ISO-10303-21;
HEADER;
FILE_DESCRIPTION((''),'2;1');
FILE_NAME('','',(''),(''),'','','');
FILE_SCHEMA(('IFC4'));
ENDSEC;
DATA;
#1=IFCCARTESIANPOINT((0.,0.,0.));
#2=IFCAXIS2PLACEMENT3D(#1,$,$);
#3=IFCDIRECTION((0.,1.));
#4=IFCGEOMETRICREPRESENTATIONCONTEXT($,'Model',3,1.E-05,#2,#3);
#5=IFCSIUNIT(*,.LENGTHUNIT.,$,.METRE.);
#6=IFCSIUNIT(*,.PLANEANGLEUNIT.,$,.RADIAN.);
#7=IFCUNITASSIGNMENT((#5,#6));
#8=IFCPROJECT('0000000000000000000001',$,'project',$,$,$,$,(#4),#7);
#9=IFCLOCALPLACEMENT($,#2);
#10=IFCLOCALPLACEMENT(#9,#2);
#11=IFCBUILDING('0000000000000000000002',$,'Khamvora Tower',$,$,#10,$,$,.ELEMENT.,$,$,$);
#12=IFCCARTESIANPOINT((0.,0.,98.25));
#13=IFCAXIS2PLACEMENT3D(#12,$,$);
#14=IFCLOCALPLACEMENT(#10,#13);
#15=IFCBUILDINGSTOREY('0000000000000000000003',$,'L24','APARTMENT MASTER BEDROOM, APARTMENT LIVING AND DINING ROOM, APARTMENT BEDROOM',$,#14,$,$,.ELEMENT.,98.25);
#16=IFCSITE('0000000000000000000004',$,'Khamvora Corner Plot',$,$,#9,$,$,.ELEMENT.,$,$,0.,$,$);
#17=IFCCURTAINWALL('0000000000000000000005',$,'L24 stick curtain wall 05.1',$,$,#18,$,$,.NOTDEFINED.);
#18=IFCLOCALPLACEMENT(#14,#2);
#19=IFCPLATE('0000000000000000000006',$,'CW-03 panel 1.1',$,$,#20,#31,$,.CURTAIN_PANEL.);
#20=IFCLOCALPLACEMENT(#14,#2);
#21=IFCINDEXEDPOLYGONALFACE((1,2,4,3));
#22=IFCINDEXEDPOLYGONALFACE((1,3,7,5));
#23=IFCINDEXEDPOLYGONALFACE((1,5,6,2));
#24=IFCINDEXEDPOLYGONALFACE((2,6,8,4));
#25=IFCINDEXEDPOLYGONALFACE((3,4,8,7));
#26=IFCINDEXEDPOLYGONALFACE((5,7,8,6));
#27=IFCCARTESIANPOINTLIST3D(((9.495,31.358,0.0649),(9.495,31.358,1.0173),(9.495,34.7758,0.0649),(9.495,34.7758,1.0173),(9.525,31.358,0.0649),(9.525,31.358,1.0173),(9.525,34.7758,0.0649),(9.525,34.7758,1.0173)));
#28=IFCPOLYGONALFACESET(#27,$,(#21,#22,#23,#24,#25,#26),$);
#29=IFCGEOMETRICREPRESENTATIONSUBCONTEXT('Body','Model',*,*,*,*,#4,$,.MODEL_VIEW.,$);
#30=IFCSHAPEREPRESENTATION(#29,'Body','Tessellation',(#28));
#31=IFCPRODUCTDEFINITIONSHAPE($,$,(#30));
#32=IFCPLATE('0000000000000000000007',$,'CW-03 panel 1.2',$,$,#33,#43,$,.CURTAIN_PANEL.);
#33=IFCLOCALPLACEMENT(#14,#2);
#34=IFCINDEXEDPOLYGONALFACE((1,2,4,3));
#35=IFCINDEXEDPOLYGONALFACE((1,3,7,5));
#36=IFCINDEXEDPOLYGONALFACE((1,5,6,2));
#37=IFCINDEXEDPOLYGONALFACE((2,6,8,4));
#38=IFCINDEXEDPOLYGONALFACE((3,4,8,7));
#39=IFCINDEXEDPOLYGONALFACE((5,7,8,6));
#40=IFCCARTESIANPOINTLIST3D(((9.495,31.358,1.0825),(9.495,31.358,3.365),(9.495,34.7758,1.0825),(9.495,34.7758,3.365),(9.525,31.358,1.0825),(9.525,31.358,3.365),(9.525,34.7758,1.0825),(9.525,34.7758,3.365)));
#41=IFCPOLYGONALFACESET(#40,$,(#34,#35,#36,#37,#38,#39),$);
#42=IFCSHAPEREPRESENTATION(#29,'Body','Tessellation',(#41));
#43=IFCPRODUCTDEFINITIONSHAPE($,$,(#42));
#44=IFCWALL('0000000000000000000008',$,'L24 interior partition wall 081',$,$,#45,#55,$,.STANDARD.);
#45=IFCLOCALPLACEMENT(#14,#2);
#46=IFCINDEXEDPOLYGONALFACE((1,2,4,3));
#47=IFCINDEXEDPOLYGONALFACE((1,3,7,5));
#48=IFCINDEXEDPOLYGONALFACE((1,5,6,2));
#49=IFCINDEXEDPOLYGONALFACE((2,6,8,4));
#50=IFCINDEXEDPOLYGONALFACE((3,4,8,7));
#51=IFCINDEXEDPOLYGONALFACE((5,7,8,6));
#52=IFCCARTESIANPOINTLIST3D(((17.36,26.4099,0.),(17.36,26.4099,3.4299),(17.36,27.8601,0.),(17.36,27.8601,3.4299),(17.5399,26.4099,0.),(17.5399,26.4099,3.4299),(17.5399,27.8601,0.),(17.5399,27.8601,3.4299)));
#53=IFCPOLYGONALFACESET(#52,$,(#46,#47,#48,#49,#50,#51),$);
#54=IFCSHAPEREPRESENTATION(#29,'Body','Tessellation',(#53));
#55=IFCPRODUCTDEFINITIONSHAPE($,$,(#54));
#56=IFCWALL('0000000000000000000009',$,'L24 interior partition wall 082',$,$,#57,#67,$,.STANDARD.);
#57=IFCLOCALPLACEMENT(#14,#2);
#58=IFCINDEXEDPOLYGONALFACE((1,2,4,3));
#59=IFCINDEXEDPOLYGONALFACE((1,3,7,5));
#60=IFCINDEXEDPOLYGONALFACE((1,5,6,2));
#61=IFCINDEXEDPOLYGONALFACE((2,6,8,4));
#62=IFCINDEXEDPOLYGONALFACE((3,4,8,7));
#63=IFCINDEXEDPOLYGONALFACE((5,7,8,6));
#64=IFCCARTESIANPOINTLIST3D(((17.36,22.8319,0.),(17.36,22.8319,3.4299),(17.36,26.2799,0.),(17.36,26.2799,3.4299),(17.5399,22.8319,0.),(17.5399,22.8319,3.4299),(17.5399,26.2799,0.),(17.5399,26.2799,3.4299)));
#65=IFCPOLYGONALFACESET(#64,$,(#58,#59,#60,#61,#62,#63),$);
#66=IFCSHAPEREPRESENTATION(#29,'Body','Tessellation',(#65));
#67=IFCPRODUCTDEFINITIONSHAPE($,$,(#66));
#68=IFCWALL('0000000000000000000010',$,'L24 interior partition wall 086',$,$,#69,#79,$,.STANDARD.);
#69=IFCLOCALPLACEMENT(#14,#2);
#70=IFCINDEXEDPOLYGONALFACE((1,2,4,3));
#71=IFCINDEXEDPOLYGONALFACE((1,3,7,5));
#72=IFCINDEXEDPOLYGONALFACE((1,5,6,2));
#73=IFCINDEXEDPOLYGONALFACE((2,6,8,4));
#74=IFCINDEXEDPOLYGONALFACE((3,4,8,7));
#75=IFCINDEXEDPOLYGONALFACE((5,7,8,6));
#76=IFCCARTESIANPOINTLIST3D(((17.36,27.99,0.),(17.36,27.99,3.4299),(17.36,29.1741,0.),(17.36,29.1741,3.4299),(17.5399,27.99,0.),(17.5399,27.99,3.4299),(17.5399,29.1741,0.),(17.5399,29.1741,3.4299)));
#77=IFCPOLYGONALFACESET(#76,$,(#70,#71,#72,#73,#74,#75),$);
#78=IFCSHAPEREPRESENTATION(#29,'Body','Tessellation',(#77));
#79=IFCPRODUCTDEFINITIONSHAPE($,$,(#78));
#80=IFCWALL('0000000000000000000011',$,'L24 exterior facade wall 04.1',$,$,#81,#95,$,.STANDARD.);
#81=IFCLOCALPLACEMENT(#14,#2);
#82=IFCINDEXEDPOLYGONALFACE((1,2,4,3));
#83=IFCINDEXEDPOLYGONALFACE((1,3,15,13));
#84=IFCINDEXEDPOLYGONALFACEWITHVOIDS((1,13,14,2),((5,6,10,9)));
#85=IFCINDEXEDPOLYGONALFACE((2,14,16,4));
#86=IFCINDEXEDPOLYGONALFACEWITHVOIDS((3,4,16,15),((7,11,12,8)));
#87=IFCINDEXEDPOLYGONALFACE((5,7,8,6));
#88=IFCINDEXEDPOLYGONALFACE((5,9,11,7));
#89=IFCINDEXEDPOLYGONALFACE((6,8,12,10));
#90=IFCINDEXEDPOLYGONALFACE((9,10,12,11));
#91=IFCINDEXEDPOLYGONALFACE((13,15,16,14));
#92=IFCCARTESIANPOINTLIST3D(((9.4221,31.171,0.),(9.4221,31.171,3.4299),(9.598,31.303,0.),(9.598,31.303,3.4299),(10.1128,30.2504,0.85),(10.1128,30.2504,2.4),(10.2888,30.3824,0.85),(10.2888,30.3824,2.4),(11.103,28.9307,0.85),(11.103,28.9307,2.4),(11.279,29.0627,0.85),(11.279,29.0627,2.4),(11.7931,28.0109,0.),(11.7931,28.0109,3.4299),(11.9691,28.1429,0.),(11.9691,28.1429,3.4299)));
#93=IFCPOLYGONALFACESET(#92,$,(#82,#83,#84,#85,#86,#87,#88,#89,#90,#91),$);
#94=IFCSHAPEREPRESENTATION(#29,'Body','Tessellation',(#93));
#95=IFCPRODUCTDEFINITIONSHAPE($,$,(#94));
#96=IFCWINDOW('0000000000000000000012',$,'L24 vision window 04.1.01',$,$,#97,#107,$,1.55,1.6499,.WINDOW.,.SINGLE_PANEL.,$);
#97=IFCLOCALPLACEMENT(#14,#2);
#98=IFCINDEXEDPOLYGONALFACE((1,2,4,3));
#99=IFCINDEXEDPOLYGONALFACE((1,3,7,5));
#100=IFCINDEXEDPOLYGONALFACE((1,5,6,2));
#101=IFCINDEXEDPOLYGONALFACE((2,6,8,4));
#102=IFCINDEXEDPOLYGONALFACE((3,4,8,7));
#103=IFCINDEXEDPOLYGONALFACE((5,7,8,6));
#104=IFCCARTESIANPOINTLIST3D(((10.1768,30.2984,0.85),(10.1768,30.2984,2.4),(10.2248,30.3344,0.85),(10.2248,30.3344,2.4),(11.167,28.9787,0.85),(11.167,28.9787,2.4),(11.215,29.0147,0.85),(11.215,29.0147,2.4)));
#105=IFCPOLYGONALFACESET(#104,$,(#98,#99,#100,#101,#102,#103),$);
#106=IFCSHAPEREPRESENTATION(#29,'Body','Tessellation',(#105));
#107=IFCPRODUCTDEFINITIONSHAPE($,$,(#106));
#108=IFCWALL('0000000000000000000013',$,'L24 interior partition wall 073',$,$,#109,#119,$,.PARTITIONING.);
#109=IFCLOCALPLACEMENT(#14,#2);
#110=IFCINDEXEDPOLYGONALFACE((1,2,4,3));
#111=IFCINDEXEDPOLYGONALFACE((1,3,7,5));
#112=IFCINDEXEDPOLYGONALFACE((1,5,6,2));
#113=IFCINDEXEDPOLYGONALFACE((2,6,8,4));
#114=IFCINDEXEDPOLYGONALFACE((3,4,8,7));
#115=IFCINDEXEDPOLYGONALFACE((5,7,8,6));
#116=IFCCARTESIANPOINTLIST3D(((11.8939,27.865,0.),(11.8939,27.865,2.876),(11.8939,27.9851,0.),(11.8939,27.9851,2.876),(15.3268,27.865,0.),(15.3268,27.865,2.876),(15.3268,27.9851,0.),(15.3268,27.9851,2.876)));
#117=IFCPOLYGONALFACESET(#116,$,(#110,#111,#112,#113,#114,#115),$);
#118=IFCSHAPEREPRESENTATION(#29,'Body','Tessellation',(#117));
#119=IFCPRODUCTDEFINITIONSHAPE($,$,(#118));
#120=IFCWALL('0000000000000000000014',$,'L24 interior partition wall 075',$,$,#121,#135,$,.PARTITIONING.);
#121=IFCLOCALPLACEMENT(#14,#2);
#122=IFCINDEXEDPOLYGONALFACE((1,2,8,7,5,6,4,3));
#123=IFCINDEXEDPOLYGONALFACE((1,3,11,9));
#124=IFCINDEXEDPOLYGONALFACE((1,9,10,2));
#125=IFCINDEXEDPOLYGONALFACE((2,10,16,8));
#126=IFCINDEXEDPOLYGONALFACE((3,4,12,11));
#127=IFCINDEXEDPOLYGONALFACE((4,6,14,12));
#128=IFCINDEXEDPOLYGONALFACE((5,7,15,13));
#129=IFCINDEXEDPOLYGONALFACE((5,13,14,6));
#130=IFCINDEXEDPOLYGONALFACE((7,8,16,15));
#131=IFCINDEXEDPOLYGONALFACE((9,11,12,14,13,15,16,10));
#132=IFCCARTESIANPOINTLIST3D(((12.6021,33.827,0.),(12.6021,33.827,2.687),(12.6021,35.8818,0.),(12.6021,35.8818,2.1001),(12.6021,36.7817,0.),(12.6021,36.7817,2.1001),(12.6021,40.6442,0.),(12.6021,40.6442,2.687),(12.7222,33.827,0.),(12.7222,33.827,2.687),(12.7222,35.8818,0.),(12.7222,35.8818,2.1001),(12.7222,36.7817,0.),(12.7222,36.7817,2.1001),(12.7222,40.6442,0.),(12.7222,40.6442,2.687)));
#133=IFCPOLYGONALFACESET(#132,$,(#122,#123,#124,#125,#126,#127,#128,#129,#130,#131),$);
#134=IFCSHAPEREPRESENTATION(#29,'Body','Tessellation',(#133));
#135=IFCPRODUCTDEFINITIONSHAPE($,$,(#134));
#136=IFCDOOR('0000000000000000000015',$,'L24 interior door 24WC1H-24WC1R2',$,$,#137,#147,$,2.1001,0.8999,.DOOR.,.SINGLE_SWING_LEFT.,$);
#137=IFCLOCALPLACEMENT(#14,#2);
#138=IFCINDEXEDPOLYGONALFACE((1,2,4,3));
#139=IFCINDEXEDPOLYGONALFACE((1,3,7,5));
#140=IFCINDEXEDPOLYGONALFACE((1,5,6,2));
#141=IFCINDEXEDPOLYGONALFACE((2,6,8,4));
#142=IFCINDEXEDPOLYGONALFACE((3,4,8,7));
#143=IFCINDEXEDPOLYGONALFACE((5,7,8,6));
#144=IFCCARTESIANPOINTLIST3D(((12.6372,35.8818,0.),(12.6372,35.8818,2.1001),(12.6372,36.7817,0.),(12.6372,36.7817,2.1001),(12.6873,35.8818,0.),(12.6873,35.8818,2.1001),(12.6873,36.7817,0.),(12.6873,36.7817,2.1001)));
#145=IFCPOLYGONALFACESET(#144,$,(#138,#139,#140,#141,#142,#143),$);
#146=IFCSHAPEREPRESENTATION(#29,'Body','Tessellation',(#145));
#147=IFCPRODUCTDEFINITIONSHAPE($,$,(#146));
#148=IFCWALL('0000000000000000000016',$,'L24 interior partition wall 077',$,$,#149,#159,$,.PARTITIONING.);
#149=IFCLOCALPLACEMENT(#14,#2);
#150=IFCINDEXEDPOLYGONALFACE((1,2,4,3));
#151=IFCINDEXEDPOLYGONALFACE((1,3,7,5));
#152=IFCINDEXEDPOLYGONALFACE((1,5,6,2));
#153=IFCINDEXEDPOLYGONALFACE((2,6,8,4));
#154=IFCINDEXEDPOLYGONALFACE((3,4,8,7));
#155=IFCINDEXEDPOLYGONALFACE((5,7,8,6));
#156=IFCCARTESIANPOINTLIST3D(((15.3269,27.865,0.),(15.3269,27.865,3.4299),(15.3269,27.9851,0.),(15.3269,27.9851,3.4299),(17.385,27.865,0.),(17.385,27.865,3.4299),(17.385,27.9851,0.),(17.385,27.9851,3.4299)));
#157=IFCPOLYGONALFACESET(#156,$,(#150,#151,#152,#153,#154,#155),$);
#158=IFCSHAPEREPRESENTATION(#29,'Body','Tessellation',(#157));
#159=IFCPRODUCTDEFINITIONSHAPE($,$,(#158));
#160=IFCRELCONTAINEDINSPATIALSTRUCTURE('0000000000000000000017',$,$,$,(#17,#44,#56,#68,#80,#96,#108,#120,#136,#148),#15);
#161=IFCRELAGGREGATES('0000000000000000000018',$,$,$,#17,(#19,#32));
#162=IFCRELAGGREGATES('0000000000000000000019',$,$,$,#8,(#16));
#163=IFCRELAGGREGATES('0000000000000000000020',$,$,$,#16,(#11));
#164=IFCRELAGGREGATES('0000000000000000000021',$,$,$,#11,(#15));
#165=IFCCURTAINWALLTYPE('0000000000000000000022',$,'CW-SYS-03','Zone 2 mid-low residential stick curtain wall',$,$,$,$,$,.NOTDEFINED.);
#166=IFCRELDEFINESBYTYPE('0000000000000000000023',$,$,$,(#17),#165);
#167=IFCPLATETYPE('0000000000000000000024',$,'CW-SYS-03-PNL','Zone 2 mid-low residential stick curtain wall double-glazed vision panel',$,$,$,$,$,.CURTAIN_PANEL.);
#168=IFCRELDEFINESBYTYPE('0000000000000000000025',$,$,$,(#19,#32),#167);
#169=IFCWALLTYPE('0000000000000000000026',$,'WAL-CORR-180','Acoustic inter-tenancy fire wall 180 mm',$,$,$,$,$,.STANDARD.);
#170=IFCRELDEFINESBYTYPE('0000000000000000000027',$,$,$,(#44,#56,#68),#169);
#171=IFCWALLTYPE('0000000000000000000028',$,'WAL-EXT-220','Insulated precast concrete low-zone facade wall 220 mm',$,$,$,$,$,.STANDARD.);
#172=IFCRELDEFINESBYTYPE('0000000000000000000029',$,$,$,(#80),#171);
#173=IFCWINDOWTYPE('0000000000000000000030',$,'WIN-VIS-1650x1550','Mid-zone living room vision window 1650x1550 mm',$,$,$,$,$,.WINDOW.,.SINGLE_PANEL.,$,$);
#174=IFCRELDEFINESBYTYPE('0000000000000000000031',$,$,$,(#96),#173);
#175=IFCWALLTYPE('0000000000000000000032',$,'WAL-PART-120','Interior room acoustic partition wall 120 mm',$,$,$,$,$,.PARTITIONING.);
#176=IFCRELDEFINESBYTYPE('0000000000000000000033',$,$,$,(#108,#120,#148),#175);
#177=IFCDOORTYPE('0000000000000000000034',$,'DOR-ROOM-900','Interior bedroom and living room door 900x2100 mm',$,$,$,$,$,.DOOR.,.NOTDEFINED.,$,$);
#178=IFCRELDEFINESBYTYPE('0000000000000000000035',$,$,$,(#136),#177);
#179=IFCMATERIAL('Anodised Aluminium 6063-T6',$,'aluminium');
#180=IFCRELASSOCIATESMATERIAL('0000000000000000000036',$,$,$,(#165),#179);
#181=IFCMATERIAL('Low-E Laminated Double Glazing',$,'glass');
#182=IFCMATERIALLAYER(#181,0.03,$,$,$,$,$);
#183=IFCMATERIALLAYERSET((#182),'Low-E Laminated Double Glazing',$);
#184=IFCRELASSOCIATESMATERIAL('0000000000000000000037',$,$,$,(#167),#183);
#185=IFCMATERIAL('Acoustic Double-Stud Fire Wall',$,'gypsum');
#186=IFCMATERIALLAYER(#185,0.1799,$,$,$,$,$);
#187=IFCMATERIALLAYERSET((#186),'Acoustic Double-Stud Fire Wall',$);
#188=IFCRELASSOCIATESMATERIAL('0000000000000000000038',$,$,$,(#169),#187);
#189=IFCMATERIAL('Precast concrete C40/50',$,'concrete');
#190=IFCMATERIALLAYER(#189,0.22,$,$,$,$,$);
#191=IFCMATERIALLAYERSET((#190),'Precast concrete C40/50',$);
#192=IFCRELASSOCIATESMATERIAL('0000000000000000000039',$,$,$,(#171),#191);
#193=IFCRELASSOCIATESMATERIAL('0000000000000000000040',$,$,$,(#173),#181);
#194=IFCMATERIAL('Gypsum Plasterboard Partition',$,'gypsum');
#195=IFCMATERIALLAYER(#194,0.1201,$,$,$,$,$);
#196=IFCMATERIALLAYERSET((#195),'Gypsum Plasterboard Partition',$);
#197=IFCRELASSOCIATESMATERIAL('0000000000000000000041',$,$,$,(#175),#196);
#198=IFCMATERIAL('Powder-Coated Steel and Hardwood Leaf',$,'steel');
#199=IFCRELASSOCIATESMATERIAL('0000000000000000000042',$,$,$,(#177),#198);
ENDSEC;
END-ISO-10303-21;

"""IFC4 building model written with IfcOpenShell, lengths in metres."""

from ifc_helpers import new_model, si_unit, direction, frame, frame_2d, origin, origin_2d, place, context, subcontext, project, spatial, rectangle, extrude, material, layer, layer_set, type_object, element, fill, aggregate, save


model = new_model("IFC4")

# Units and contexts
model_context = context("Model", 3, precision=1e-05, world=origin(), true_north=direction((0.0, 1.0)))
body_context = subcontext(model_context, "Body", "Model", "MODEL_VIEW")
ifc_project = project(units=[si_unit("LENGTHUNIT", "METRE"), si_unit("PLANEANGLEUNIT", "RADIAN")], contexts=[model_context])

# Site, building, storey
site_placement = place(None, origin())
site = spatial("IfcSite", under=ifc_project, at=site_placement, Name="Khamvora Corner Plot", CompositionType="ELEMENT", RefElevation=0.0)
building_placement = place(site_placement, origin())
building = spatial("IfcBuilding", under=site, at=building_placement, Name="Khamvora Tower", CompositionType="ELEMENT")
storey_placement = place(building_placement, frame((0.0, 0.0, 98.25)))
storey = spatial("IfcBuildingStorey", under=building, at=storey_placement, Name="L24", Description="APARTMENT MASTER BEDROOM, APARTMENT LIVING AND DINING ROOM, APARTMENT BEDROOM", CompositionType="ELEMENT", Elevation=98.25)

# Curtain wall, plates
ifc_material_1 = material(Name="Anodised Aluminium 6063-T6", Category="aluminium")
curtain_wall_type = type_object("IfcCurtainWallType", Name="CW-SYS-03", Description="Zone 2 mid-low residential stick curtain wall", PredefinedType="NOTDEFINED", material=ifc_material_1)
curtain_wall_placement = place(storey_placement, origin())
curtain_wall = element("IfcCurtainWall", 1, at=curtain_wall_placement, inside=storey, type_object=curtain_wall_type, Name="L24 stick curtain wall 05.1", PredefinedType="NOTDEFINED")
ifc_material_2 = material(Name="Low-E Laminated Double Glazing", Category="glass")
ifc_layer_1 = layer(ifc_material_2, 0.03)
ifc_layer_set_1 = layer_set([ifc_layer_1], Name="Low-E Laminated Double Glazing")
plate_type = type_object("IfcPlateType", Name="CW-SYS-03-PNL", Description="Zone 2 mid-low residential stick curtain wall double-glazed vision panel", PredefinedType="CURTAIN_PANEL", material=ifc_layer_set_1)
plate_1_placement = place(storey_placement, frame((9.51, 33.0669, 0.0649), z_axis=(0.0, 0.0, 1.0), x_axis=(0.0, 1.0, 0.0)))
plate_1 = element("IfcPlate", 2, at=plate_1_placement, type_object=plate_type, Name="CW-03 panel 1.1", PredefinedType="CURTAIN_PANEL", context=body_context, shape_type="SweptSolid", body=[
    extrude(rectangle(XDim=3.4177, YDim=0.03, at=origin_2d()), origin(), (0.0, 0.0, 1.0), 0.9524),
])
plate_2_placement = place(storey_placement, frame((9.51, 33.0669, 1.0825), z_axis=(0.0, 0.0, 1.0), x_axis=(0.0, 1.0, 0.0)))
plate_2 = element("IfcPlate", 3, at=plate_2_placement, type_object=plate_type, Name="CW-03 panel 1.2", PredefinedType="CURTAIN_PANEL", context=body_context, shape_type="SweptSolid", body=[
    extrude(rectangle(XDim=3.4177, YDim=0.03, at=origin_2d()), origin(), (0.0, 0.0, 1.0), 2.2825),
])
aggregate(curtain_wall, [plate_1, plate_2])

# Walls
ifc_material_3 = material(Name="Acoustic Double-Stud Fire Wall", Category="gypsum")
ifc_layer_2 = layer(ifc_material_3, 0.1799)
ifc_layer_set_2 = layer_set([ifc_layer_2], Name="Acoustic Double-Stud Fire Wall")
wall_type_1 = type_object("IfcWallType", Name="WAL-CORR-180", Description="Acoustic inter-tenancy fire wall 180 mm", PredefinedType="STANDARD", material=ifc_layer_set_2)
wall_1_placement = place(storey_placement, frame((17.45, 27.8601, 0.0), z_axis=(0.0, 0.0, 1.0), x_axis=(0.0, -1.0, 0.0)))
element("IfcWall", 4, at=wall_1_placement, inside=storey, type_object=wall_type_1, Name="L24 interior partition wall 081", PredefinedType="STANDARD", context=body_context, shape_type="SweptSolid", body=[
    extrude(rectangle(XDim=1.4502, YDim=0.1799, at=frame_2d((0.7251, 0.0))), origin(), (0.0, 0.0, 1.0), 3.4299),
])
wall_2_placement = place(storey_placement, frame((17.45, 26.28, 0.0), z_axis=(0.0, 0.0, 1.0), x_axis=(0.0, -1.0, 0.0)))
element("IfcWall", 5, at=wall_2_placement, inside=storey, type_object=wall_type_1, Name="L24 interior partition wall 082", PredefinedType="STANDARD", context=body_context, shape_type="SweptSolid", body=[
    extrude(rectangle(XDim=3.448, YDim=0.1799, at=frame_2d((1.7241, 0.0))), origin(), (0.0, 0.0, 1.0), 3.4299),
])
wall_3_placement = place(storey_placement, frame((17.45, 29.1741, 0.0), z_axis=(0.0, 0.0, 1.0), x_axis=(0.0, -1.0, 0.0)))
element("IfcWall", 6, at=wall_3_placement, inside=storey, type_object=wall_type_1, Name="L24 interior partition wall 086", PredefinedType="STANDARD", context=body_context, shape_type="SweptSolid", body=[
    extrude(rectangle(XDim=1.1841, YDim=0.1799, at=frame_2d((0.592, 0.0))), origin(), (0.0, 0.0, 1.0), 3.4299),
])

# Wall, opening, window
ifc_material_4 = material(Name="Precast concrete C40/50", Category="concrete")
ifc_layer_3 = layer(ifc_material_4, 0.22)
ifc_layer_set_3 = layer_set([ifc_layer_3], Name="Precast concrete C40/50")
wall_type_2 = type_object("IfcWallType", Name="WAL-EXT-220", Description="Insulated precast concrete low-zone facade wall 220 mm", PredefinedType="STANDARD", material=ifc_layer_set_3)
wall_4_placement = place(storey_placement, frame((11.8811, 28.0769, 0.0), z_axis=(0.0, 0.0, 1.0), x_axis=(-0.600158, 0.799881, 0.0)))
wall_4 = element("IfcWall", 7, at=wall_4_placement, inside=storey, type_object=wall_type_2, Name="L24 exterior facade wall 04.1", PredefinedType="STANDARD", context=body_context, shape_type="SweptSolid", body=[
    extrude(rectangle(XDim=3.9507, YDim=0.22, at=frame_2d((1.9753, 0.0))), origin(), (0.0, 0.0, 1.0), 3.4299),
])
opening_1_placement = place(wall_4_placement, frame((1.1499, 0.0, 0.8501)))
opening_1 = element("IfcOpeningElement", 8, at=opening_1_placement, cuts=wall_4, PredefinedType="OPENING", context=body_context, shape_type="SweptSolid", body=[
    extrude(rectangle(XDim=1.6499, YDim=1.55, at=frame_2d((0.825, 0.7749))), frame((0.0, 0.1199, 0.0), z_axis=(0.0, -1.0, 0.0), x_axis=(1.0, 0.0, 0.0)), (0.0, 0.0, 1.0), 0.24),
])
window_type = type_object("IfcWindowType", Name="WIN-VIS-1650x1550", Description="Mid-zone living room vision window 1650x1550 mm", PartitioningType="SINGLE_PANEL", PredefinedType="WINDOW", material=ifc_material_2)
window_placement = place(opening_1_placement, origin())
window = element("IfcWindow", 9, at=window_placement, inside=storey, type_object=window_type, Name="L24 vision window 04.1.01", OverallHeight=1.55, OverallWidth=1.6499, PartitioningType="SINGLE_PANEL", PredefinedType="WINDOW", context=body_context, shape_type="SweptSolid", body=[
    extrude(rectangle(XDim=1.6499, YDim=1.55, at=frame_2d((0.825, 0.7749))), frame((0.0, 0.03, 0.0), z_axis=(0.0, -1.0, 0.0), x_axis=(1.0, 0.0, 0.0)), (0.0, 0.0, 1.0), 0.0601),
])
fill(opening_1, window)

# Wall
ifc_material_5 = material(Name="Gypsum Plasterboard Partition", Category="gypsum")
ifc_layer_4 = layer(ifc_material_5, 0.1201)
ifc_layer_set_4 = layer_set([ifc_layer_4], Name="Gypsum Plasterboard Partition")
wall_type_3 = type_object("IfcWallType", Name="WAL-PART-120", Description="Interior room acoustic partition wall 120 mm", PredefinedType="PARTITIONING", material=ifc_layer_set_4)
wall_5_placement = place(storey_placement, frame((11.894, 27.925, 0.0), z_axis=(0.0, 0.0, 1.0), x_axis=(1.0, 0.0, 0.0)))
element("IfcWall", 10, at=wall_5_placement, inside=storey, type_object=wall_type_3, Name="L24 interior partition wall 073", PredefinedType="PARTITIONING", context=body_context, shape_type="SweptSolid", body=[
    extrude(rectangle(XDim=3.4329, YDim=0.1201, at=frame_2d((1.7163, 0.0))), origin(), (0.0, 0.0, 1.0), 2.876),
])

# Wall, opening, door
wall_6_placement = place(storey_placement, frame((12.6621, 33.8269, 0.0), z_axis=(0.0, 0.0, 1.0), x_axis=(0.0, 1.0, 0.0)))
wall_6 = element("IfcWall", 11, at=wall_6_placement, inside=storey, type_object=wall_type_3, Name="L24 interior partition wall 075", PredefinedType="PARTITIONING", context=body_context, shape_type="SweptSolid", body=[
    extrude(rectangle(XDim=6.8171, YDim=0.1201, at=frame_2d((3.4087, 0.0))), origin(), (0.0, 0.0, 1.0), 2.687),
])
opening_2_placement = place(wall_6_placement, frame((2.0549, 0.0, 0.0)))
opening_2 = element("IfcOpeningElement", 12, at=opening_2_placement, cuts=wall_6, PredefinedType="OPENING", context=body_context, shape_type="SweptSolid", body=[
    extrude(rectangle(XDim=0.8999, YDim=2.1001, at=frame_2d((0.45, 1.05))), frame((0.0, 0.0701, 0.0), z_axis=(0.0, -1.0, 0.0), x_axis=(1.0, 0.0, 0.0)), (0.0, 0.0, 1.0), 0.1401),
])
ifc_material_6 = material(Name="Powder-Coated Steel and Hardwood Leaf", Category="steel")
door_type_1 = type_object("IfcDoorType", Name="DOR-ROOM-900", Description="Interior bedroom and living room door 900x2100 mm", OperationType="NOTDEFINED", PredefinedType="DOOR", material=ifc_material_6)
door_1_placement = place(opening_2_placement, origin())
door_1 = element("IfcDoor", 13, at=door_1_placement, inside=storey, type_object=door_type_1, Name="L24 interior door 24WC1H-24WC1R2", OperationType="SINGLE_SWING_LEFT", OverallHeight=2.1001, OverallWidth=0.8999, PredefinedType="DOOR", context=body_context, shape_type="SweptSolid", body=[
    extrude(rectangle(XDim=0.8999, YDim=2.1001, at=frame_2d((0.45, 1.05))), frame((0.0, 0.0249, 0.0), z_axis=(0.0, -1.0, 0.0), x_axis=(1.0, 0.0, 0.0)), (0.0, 0.0, 1.0), 0.05),
])
fill(opening_2, door_1)

# Wall
wall_7_placement = place(storey_placement, frame((15.3269, 27.925, 0.0), z_axis=(0.0, 0.0, 1.0), x_axis=(1.0, 0.0, 0.0)))
element("IfcWall", 14, at=wall_7_placement, inside=storey, type_object=wall_type_3, Name="L24 interior partition wall 077", PredefinedType="PARTITIONING", context=body_context, shape_type="SweptSolid", body=[
    extrude(rectangle(XDim=2.0581, YDim=0.1201, at=frame_2d((1.0291, 0.0))), origin(), (0.0, 0.0, 1.0), 3.4299),
])

save(model, "model.ifc")
